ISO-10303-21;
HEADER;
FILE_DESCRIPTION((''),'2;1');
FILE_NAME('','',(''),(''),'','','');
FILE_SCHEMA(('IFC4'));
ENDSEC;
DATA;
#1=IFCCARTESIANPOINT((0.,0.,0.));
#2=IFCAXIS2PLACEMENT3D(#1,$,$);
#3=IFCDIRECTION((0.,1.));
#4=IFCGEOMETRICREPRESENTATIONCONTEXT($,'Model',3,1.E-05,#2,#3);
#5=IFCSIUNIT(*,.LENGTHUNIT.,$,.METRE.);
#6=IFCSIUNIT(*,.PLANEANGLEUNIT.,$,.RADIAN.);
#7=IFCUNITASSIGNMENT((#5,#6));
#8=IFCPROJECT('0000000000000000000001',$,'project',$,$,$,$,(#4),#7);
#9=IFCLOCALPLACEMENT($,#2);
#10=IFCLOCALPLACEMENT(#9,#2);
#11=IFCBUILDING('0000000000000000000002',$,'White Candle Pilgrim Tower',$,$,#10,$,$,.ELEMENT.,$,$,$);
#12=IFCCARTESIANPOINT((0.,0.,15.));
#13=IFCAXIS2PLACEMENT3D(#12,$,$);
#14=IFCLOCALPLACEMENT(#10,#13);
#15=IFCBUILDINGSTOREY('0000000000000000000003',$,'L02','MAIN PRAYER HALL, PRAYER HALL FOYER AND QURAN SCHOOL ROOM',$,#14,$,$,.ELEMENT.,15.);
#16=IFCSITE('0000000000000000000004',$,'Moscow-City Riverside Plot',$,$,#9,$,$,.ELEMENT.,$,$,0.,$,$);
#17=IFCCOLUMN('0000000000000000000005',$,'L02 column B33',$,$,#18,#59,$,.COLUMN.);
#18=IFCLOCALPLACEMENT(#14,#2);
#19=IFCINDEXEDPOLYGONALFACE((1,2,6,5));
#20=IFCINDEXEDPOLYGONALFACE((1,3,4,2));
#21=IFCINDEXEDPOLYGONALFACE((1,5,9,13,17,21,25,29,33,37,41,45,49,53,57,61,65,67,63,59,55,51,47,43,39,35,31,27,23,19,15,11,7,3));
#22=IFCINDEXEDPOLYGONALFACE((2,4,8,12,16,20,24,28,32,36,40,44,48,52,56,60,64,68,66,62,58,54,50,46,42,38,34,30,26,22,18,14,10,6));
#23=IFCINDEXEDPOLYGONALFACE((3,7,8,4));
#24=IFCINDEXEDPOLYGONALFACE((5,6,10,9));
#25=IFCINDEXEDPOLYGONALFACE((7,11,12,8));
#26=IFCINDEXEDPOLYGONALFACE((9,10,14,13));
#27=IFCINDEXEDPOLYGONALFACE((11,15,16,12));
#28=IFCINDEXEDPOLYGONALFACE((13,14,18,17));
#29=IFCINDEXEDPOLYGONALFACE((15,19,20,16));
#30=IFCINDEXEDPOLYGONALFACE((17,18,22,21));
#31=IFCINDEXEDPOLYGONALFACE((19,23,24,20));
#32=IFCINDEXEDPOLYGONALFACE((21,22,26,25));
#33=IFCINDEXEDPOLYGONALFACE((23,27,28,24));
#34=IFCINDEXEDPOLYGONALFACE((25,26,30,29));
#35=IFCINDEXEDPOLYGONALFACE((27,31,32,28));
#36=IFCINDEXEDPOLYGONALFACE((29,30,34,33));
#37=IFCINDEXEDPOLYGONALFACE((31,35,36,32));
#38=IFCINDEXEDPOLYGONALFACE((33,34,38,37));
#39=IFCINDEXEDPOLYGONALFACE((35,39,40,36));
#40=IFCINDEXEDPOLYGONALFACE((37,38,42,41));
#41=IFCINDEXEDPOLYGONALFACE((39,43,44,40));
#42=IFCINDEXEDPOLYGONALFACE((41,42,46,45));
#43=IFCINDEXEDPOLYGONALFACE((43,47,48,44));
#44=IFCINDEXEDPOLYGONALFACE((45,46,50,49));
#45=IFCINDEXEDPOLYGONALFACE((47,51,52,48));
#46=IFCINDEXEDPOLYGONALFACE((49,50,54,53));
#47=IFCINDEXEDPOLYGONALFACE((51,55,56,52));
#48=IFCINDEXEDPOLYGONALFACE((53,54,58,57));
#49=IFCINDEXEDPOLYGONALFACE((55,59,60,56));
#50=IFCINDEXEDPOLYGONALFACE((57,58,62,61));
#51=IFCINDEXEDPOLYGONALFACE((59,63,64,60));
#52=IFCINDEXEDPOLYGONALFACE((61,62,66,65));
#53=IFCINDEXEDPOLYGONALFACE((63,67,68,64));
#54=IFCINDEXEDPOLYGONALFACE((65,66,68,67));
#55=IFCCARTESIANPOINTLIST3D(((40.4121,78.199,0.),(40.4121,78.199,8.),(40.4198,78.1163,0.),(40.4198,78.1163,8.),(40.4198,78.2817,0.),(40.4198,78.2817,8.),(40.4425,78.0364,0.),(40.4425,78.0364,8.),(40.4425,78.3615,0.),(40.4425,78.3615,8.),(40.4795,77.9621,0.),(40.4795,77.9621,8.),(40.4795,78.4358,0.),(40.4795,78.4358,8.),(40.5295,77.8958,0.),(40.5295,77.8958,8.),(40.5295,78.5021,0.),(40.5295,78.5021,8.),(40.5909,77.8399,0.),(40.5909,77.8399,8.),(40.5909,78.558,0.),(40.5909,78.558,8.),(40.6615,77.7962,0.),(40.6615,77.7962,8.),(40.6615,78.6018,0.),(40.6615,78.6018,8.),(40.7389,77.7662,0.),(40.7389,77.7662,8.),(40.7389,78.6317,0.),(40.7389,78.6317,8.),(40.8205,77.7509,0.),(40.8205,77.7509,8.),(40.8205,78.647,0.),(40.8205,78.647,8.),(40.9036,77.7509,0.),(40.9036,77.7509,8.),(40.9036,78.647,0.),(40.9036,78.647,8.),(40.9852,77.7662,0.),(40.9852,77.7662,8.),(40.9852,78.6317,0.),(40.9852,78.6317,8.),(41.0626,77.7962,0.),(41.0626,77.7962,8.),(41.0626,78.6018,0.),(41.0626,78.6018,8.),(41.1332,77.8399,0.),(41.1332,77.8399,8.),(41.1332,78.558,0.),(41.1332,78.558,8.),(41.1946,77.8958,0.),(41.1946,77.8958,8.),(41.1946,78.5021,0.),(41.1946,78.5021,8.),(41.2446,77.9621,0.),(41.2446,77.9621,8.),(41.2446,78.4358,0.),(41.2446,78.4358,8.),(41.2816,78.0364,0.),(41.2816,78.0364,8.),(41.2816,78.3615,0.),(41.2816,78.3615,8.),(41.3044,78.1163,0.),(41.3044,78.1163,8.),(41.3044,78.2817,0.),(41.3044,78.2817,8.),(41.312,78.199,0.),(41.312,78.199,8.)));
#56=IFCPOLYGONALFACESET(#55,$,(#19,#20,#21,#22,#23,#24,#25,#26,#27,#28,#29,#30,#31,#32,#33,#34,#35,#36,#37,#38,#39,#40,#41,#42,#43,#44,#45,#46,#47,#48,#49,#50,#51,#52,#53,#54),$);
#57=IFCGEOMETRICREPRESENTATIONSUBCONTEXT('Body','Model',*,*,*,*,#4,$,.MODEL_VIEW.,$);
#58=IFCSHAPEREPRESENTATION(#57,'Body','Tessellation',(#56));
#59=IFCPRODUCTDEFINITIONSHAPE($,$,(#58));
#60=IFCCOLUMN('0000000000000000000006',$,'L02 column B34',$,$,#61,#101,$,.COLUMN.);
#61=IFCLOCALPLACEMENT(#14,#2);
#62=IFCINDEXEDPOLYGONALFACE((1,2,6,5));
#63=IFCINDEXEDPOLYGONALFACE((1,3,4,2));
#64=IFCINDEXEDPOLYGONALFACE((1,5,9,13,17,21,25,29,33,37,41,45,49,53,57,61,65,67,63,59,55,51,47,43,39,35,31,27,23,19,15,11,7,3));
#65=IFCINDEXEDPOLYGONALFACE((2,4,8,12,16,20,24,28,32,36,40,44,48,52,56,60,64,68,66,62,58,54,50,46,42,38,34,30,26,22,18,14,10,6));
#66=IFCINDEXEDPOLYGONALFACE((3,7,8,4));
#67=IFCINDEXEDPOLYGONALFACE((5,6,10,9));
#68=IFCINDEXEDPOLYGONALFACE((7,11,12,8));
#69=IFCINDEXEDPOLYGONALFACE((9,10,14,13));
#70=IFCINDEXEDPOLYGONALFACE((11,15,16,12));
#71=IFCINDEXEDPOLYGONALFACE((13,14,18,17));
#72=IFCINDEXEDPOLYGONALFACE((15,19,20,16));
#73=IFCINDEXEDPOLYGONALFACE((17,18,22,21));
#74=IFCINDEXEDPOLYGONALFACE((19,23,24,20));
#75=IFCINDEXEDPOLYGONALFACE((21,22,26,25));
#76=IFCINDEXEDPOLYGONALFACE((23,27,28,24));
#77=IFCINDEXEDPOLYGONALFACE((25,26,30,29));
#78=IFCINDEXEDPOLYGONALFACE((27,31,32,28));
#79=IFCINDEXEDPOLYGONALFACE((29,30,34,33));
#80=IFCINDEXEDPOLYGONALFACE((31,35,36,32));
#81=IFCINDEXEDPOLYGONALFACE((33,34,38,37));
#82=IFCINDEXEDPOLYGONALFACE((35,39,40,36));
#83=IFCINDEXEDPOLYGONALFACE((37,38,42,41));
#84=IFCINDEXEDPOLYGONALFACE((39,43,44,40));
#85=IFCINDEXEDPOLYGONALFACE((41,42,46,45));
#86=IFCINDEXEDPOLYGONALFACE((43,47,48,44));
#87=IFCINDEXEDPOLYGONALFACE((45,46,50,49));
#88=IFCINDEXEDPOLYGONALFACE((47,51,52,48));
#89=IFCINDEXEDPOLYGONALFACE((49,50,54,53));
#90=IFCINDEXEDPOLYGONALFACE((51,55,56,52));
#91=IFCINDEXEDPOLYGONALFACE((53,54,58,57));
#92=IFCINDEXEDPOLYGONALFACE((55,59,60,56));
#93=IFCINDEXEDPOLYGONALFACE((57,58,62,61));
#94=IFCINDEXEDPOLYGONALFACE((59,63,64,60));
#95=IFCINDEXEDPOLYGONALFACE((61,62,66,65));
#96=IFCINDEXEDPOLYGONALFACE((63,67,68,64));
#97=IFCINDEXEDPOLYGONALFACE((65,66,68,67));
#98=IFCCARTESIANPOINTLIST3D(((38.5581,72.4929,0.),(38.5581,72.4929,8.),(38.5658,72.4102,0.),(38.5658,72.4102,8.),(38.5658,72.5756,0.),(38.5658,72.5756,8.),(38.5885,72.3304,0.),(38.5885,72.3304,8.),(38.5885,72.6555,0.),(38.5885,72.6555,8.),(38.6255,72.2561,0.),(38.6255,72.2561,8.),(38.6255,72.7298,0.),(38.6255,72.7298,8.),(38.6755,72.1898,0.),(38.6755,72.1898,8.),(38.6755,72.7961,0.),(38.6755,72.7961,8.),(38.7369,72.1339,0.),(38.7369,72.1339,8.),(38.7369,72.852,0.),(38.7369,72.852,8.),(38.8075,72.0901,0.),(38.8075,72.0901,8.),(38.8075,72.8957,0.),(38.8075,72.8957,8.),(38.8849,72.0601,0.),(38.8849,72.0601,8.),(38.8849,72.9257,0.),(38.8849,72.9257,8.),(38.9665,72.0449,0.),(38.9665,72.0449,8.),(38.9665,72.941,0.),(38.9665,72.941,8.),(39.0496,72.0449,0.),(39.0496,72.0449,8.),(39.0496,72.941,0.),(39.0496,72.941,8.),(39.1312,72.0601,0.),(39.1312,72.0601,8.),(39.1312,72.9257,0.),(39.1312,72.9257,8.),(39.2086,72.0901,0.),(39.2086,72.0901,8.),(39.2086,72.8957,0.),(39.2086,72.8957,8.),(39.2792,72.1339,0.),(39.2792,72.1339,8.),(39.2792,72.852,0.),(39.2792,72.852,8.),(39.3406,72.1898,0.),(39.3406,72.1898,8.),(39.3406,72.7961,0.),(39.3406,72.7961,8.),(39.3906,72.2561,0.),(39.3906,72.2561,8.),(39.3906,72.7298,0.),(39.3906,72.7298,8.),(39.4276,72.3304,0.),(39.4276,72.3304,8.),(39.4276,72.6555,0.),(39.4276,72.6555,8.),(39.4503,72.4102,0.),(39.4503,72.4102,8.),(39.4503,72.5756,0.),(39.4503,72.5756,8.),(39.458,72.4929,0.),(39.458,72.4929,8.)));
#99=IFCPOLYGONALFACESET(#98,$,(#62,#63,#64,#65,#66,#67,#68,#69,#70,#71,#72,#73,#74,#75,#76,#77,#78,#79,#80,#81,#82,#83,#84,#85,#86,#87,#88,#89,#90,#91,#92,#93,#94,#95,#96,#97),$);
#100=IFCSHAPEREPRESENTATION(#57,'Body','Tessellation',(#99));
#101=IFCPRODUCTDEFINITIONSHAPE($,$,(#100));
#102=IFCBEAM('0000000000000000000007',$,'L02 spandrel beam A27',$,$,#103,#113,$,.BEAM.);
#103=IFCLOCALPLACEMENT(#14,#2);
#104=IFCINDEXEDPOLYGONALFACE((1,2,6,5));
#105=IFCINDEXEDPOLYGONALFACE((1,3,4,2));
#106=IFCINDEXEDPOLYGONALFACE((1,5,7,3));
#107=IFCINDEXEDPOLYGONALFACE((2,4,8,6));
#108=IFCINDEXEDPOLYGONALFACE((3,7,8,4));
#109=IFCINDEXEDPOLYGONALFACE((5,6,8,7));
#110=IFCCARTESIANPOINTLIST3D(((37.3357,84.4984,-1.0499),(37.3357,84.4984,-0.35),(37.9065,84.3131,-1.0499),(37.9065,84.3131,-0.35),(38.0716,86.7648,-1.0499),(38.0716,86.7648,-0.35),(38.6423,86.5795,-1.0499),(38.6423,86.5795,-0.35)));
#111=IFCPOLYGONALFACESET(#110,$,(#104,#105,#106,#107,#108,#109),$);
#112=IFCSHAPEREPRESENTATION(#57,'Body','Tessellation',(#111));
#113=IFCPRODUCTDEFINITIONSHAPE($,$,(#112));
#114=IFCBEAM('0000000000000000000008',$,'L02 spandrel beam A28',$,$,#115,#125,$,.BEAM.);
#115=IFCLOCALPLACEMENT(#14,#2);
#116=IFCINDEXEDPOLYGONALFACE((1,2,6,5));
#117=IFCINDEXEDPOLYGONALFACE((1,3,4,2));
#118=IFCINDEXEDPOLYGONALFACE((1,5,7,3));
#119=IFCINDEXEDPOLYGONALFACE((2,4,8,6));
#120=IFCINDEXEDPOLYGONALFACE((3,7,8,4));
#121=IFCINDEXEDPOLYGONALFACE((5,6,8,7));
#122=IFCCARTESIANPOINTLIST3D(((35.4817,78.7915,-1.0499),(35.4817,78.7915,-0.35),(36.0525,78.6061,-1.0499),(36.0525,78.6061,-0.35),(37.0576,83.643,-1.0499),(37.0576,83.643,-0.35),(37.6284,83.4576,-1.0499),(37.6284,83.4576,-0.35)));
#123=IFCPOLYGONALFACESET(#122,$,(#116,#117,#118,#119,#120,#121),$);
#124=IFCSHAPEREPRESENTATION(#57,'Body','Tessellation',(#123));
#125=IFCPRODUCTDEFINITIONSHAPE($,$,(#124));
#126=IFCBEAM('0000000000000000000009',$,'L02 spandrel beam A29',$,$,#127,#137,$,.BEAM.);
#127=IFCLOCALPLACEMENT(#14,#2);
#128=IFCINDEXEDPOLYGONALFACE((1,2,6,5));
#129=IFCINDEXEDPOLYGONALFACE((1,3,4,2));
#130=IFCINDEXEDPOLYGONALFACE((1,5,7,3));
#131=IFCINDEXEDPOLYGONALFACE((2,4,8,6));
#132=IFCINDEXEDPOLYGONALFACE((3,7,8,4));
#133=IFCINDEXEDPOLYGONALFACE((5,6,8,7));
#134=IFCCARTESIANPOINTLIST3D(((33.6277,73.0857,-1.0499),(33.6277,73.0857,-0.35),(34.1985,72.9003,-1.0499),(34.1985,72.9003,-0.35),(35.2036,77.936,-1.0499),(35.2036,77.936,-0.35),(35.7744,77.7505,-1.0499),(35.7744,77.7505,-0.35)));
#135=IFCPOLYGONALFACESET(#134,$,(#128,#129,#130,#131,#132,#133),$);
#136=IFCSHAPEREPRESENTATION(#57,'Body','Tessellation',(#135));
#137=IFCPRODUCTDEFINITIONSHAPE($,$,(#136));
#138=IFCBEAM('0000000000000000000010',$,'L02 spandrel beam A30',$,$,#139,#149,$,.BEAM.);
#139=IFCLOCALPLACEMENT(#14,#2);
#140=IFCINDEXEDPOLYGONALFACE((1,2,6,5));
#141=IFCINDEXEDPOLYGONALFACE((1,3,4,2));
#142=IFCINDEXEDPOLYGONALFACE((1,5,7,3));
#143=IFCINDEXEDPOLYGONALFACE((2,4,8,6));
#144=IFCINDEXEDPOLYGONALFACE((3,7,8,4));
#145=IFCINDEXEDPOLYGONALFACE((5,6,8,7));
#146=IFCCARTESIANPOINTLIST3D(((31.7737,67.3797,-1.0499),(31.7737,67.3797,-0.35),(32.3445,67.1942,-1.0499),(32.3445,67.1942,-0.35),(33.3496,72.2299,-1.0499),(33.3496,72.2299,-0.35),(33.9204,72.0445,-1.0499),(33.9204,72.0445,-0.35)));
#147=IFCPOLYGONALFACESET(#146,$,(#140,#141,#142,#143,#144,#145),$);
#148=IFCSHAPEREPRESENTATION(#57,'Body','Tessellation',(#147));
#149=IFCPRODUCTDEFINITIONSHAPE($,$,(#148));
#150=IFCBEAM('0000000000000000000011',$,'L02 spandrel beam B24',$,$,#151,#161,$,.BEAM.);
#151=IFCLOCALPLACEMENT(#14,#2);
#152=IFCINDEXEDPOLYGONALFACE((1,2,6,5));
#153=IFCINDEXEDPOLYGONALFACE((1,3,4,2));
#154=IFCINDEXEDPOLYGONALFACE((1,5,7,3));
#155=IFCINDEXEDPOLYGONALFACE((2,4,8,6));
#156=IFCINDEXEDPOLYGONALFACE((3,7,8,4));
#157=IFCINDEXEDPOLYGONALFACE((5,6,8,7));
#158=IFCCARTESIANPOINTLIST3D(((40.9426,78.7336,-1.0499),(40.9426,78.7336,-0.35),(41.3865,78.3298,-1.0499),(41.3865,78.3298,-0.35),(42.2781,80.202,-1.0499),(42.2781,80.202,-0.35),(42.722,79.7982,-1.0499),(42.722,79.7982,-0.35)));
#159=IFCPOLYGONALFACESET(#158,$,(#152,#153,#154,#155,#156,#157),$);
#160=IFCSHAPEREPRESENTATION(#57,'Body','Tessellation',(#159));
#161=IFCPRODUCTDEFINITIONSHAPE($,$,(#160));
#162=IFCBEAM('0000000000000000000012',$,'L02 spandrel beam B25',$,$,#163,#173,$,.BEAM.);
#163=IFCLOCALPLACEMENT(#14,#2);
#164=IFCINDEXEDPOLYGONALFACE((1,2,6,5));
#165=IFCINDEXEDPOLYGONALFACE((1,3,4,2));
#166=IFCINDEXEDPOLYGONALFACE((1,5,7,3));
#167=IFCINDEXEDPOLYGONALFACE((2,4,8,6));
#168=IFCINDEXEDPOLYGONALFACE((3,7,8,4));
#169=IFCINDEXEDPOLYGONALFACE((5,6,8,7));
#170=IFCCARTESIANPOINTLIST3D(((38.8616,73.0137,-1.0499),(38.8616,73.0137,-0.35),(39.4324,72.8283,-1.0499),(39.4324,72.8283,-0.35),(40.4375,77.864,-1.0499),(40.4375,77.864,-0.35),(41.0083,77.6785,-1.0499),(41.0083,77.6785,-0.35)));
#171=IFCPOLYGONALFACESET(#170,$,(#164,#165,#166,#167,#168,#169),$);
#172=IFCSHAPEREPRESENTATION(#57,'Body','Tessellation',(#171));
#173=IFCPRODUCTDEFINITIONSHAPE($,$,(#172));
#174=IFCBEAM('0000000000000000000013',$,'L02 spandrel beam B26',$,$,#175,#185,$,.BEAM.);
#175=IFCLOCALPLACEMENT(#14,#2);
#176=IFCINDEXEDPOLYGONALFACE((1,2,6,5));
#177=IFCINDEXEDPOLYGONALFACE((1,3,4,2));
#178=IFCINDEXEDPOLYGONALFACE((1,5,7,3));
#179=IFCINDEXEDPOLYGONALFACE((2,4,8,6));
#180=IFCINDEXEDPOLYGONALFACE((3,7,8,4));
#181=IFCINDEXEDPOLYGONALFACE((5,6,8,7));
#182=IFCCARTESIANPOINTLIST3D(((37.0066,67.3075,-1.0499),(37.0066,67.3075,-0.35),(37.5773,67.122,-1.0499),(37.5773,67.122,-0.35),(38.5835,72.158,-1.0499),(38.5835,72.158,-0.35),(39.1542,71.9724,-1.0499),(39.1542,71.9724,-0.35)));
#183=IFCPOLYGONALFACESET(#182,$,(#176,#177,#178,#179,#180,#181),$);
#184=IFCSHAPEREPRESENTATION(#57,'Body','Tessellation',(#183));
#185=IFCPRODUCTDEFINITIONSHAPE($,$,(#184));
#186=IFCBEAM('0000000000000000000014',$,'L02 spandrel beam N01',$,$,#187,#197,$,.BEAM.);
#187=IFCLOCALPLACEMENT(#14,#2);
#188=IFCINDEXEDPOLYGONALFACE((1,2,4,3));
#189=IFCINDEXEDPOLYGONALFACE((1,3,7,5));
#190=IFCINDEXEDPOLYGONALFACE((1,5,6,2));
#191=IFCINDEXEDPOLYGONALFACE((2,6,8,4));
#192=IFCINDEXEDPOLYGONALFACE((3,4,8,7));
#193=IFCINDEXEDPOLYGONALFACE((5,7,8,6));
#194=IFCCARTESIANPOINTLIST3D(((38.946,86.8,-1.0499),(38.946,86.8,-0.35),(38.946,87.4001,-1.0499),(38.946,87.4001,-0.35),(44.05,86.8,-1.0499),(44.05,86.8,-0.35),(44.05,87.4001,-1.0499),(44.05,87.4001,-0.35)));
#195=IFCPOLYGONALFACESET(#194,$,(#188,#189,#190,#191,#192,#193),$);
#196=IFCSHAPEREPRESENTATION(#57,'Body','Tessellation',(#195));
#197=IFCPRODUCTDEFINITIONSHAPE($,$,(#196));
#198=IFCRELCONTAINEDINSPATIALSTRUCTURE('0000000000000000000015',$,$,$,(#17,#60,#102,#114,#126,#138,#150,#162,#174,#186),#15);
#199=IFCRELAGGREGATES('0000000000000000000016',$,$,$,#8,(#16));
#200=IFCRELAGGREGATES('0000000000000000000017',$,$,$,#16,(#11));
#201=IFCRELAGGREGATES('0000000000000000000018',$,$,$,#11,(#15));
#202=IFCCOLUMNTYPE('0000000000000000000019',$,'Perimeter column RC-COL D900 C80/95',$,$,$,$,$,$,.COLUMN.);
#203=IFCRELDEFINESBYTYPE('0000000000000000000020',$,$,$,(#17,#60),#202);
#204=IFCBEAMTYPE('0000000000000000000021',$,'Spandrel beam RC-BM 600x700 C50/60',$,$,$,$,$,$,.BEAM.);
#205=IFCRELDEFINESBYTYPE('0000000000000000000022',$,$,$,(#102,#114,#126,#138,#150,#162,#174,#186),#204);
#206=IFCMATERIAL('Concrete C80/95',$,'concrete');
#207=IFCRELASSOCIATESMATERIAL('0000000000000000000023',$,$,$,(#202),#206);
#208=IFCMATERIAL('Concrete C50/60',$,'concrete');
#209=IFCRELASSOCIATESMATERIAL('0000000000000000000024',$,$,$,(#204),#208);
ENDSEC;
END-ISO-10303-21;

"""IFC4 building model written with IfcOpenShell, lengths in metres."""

from ifc_helpers import new_model, si_unit, direction, frame, origin, origin_2d, place, context, subcontext, project, spatial, rectangle, circle, extrude, material, material_profile, profile_set, type_object, element, save


model = new_model("IFC4")

# Units and contexts
model_context = context("Model", 3, precision=1e-05, world=origin(), true_north=direction((0.0, 1.0)))
body_context = subcontext(model_context, "Body", "Model", "MODEL_VIEW")
ifc_project = project(units=[si_unit("LENGTHUNIT", "METRE"), si_unit("PLANEANGLEUNIT", "RADIAN")], contexts=[model_context])

# Site, building, storey
site_placement = place(None, origin())
site = spatial("IfcSite", under=ifc_project, at=site_placement, Name="Moscow-City Riverside Plot", CompositionType="ELEMENT", RefElevation=0.0)
building_placement = place(site_placement, origin())
building = spatial("IfcBuilding", under=site, at=building_placement, Name="White Candle Pilgrim Tower", CompositionType="ELEMENT")
storey_placement = place(building_placement, frame((0.0, 0.0, 15.0)))
storey = spatial("IfcBuildingStorey", under=building, at=storey_placement, Name="L02", Description="MAIN PRAYER HALL, PRAYER HALL FOYER AND QURAN SCHOOL ROOM", CompositionType="ELEMENT", Elevation=15.0)

# Columns
ifc_material_1 = material(Name="Concrete C80/95", Category="concrete")
ifc_material_profile_1 = material_profile(ifc_material_1, circle(Radius=0.45, at=origin_2d()), Name="RC-COL D900")
ifc_profile_set_1 = profile_set([ifc_material_profile_1], Name="Concrete C80/95")
column_type = type_object("IfcColumnType", Name="Perimeter column RC-COL D900 C80/95", PredefinedType="COLUMN", material=ifc_profile_set_1)
for number, where, z_axis, x_axis, name in (
    (1, (40.8621, 78.199, 0.0), (0.0, 0.0, 1.0), (1.0, 0.0, 0.0), "L02 column B33"),
    (2, (39.0081, 72.4929, 0.0), (0.0, 0.0, 1.0), (1.0, 0.0, 0.0), "L02 column B34"),
):
    element("IfcColumn", number, at=place(storey_placement, frame(where, z_axis=z_axis, x_axis=x_axis)), inside=storey, type_object=column_type, Name=name, PredefinedType="COLUMN", context=body_context, shape_type="SweptSolid", body=[
        extrude(circle(Radius=0.45, at=origin_2d()), origin(), (0.0, 0.0, 1.0), 8.0),
    ])

# Beams
ifc_material_2 = material(Name="Concrete C50/60", Category="concrete")
ifc_material_profile_2 = material_profile(ifc_material_2, rectangle(XDim=0.6001, YDim=0.7, at=origin_2d()), Name="RC-BM 600x700")
ifc_profile_set_2 = profile_set([ifc_material_profile_2], Name="Concrete C50/60")
beam_type = type_object("IfcBeamType", Name="Spandrel beam RC-BM 600x700 C50/60", PredefinedType="BEAM", material=ifc_profile_set_2)
beam_1_placement = place(storey_placement, frame((38.3569, 86.6721, -0.7), z_axis=(-0.30881, -0.951124, 0.0), x_axis=(0.951124, -0.30881, 0.0)))
element("IfcBeam", 3, at=beam_1_placement, inside=storey, type_object=beam_type, Name="L02 spandrel beam A27", PredefinedType="BEAM", context=body_context, shape_type="SweptSolid", body=[
    extrude(rectangle(XDim=0.6001, YDim=0.7, at=origin_2d()), origin(), (0.0, 0.0, 1.0), 2.3828),
])
beam_2_placement = place(storey_placement, frame((37.343, 83.5503, -0.7), z_axis=(-0.308939, -0.951082, 0.0), x_axis=(0.951082, -0.308939, 0.0)))
element("IfcBeam", 4, at=beam_2_placement, inside=storey, type_object=beam_type, Name="L02 spandrel beam A28", PredefinedType="BEAM", context=body_context, shape_type="SweptSolid", body=[
    extrude(rectangle(XDim=0.6001, YDim=0.7, at=origin_2d()), origin(), (0.0, 0.0, 1.0), 5.1011),
])
for number, where, z_axis, x_axis, name in (
    (5, (35.489, 77.8433, -0.7), (-0.309009, -0.951059, 0.0), (0.951059, -0.309009, 0.0), "L02 spandrel beam A29"),
    (6, (33.635, 72.1372, -0.7), (-0.309009, -0.951059, 0.0), (0.951059, -0.309009, 0.0), "L02 spandrel beam A30"),
):
    element("IfcBeam", number, at=place(storey_placement, frame(where, z_axis=z_axis, x_axis=x_axis)), inside=storey, type_object=beam_type, Name=name, PredefinedType="BEAM", context=body_context, shape_type="SweptSolid", body=[
        extrude(rectangle(XDim=0.6001, YDim=0.7, at=origin_2d()), origin(), (0.0, 0.0, 1.0), 5.0999),
    ])
beam_3_placement = place(storey_placement, frame((41.1646, 78.5317, -0.7), z_axis=(0.672856, 0.739773, 0.0), x_axis=(-0.739773, 0.672856, 0.0)))
element("IfcBeam", 7, at=beam_3_placement, inside=storey, type_object=beam_type, Name="L02 spandrel beam B24", PredefinedType="BEAM", context=body_context, shape_type="SweptSolid", body=[
    extrude(rectangle(XDim=0.6001, YDim=0.7, at=origin_2d()), origin(), (0.0, 0.0, 1.0), 1.9849),
])
beam_4_placement = place(storey_placement, frame((40.7229, 77.7712, -0.7), z_axis=(-0.309009, -0.951059, 0.0), x_axis=(0.951059, -0.309009, 0.0)))
element("IfcBeam", 8, at=beam_4_placement, inside=storey, type_object=beam_type, Name="L02 spandrel beam B25", PredefinedType="BEAM", context=body_context, shape_type="SweptSolid", body=[
    extrude(rectangle(XDim=0.6001, YDim=0.7, at=origin_2d()), origin(), (0.0, 0.0, 1.0), 5.0999),
])
beam_5_placement = place(storey_placement, frame((38.8689, 72.0652, -0.7), z_axis=(-0.309182, -0.951003, 0.0), x_axis=(0.951003, -0.309182, 0.0)))
element("IfcBeam", 9, at=beam_5_placement, inside=storey, type_object=beam_type, Name="L02 spandrel beam B26", PredefinedType="BEAM", context=body_context, shape_type="SweptSolid", body=[
    extrude(rectangle(XDim=0.6001, YDim=0.7, at=origin_2d()), origin(), (0.0, 0.0, 1.0), 5.1003),
])
beam_6_placement = place(storey_placement, frame((38.946, 87.1001, -0.7), z_axis=(1.0, 0.0, 0.0), x_axis=(0.0, 1.0, 0.0)))
element("IfcBeam", 10, at=beam_6_placement, inside=storey, type_object=beam_type, Name="L02 spandrel beam N01", PredefinedType="BEAM", context=body_context, shape_type="SweptSolid", body=[
    extrude(rectangle(XDim=0.6001, YDim=0.7, at=origin_2d()), origin(), (0.0, 0.0, 1.0), 5.104),
])

save(model, "model.ifc")
